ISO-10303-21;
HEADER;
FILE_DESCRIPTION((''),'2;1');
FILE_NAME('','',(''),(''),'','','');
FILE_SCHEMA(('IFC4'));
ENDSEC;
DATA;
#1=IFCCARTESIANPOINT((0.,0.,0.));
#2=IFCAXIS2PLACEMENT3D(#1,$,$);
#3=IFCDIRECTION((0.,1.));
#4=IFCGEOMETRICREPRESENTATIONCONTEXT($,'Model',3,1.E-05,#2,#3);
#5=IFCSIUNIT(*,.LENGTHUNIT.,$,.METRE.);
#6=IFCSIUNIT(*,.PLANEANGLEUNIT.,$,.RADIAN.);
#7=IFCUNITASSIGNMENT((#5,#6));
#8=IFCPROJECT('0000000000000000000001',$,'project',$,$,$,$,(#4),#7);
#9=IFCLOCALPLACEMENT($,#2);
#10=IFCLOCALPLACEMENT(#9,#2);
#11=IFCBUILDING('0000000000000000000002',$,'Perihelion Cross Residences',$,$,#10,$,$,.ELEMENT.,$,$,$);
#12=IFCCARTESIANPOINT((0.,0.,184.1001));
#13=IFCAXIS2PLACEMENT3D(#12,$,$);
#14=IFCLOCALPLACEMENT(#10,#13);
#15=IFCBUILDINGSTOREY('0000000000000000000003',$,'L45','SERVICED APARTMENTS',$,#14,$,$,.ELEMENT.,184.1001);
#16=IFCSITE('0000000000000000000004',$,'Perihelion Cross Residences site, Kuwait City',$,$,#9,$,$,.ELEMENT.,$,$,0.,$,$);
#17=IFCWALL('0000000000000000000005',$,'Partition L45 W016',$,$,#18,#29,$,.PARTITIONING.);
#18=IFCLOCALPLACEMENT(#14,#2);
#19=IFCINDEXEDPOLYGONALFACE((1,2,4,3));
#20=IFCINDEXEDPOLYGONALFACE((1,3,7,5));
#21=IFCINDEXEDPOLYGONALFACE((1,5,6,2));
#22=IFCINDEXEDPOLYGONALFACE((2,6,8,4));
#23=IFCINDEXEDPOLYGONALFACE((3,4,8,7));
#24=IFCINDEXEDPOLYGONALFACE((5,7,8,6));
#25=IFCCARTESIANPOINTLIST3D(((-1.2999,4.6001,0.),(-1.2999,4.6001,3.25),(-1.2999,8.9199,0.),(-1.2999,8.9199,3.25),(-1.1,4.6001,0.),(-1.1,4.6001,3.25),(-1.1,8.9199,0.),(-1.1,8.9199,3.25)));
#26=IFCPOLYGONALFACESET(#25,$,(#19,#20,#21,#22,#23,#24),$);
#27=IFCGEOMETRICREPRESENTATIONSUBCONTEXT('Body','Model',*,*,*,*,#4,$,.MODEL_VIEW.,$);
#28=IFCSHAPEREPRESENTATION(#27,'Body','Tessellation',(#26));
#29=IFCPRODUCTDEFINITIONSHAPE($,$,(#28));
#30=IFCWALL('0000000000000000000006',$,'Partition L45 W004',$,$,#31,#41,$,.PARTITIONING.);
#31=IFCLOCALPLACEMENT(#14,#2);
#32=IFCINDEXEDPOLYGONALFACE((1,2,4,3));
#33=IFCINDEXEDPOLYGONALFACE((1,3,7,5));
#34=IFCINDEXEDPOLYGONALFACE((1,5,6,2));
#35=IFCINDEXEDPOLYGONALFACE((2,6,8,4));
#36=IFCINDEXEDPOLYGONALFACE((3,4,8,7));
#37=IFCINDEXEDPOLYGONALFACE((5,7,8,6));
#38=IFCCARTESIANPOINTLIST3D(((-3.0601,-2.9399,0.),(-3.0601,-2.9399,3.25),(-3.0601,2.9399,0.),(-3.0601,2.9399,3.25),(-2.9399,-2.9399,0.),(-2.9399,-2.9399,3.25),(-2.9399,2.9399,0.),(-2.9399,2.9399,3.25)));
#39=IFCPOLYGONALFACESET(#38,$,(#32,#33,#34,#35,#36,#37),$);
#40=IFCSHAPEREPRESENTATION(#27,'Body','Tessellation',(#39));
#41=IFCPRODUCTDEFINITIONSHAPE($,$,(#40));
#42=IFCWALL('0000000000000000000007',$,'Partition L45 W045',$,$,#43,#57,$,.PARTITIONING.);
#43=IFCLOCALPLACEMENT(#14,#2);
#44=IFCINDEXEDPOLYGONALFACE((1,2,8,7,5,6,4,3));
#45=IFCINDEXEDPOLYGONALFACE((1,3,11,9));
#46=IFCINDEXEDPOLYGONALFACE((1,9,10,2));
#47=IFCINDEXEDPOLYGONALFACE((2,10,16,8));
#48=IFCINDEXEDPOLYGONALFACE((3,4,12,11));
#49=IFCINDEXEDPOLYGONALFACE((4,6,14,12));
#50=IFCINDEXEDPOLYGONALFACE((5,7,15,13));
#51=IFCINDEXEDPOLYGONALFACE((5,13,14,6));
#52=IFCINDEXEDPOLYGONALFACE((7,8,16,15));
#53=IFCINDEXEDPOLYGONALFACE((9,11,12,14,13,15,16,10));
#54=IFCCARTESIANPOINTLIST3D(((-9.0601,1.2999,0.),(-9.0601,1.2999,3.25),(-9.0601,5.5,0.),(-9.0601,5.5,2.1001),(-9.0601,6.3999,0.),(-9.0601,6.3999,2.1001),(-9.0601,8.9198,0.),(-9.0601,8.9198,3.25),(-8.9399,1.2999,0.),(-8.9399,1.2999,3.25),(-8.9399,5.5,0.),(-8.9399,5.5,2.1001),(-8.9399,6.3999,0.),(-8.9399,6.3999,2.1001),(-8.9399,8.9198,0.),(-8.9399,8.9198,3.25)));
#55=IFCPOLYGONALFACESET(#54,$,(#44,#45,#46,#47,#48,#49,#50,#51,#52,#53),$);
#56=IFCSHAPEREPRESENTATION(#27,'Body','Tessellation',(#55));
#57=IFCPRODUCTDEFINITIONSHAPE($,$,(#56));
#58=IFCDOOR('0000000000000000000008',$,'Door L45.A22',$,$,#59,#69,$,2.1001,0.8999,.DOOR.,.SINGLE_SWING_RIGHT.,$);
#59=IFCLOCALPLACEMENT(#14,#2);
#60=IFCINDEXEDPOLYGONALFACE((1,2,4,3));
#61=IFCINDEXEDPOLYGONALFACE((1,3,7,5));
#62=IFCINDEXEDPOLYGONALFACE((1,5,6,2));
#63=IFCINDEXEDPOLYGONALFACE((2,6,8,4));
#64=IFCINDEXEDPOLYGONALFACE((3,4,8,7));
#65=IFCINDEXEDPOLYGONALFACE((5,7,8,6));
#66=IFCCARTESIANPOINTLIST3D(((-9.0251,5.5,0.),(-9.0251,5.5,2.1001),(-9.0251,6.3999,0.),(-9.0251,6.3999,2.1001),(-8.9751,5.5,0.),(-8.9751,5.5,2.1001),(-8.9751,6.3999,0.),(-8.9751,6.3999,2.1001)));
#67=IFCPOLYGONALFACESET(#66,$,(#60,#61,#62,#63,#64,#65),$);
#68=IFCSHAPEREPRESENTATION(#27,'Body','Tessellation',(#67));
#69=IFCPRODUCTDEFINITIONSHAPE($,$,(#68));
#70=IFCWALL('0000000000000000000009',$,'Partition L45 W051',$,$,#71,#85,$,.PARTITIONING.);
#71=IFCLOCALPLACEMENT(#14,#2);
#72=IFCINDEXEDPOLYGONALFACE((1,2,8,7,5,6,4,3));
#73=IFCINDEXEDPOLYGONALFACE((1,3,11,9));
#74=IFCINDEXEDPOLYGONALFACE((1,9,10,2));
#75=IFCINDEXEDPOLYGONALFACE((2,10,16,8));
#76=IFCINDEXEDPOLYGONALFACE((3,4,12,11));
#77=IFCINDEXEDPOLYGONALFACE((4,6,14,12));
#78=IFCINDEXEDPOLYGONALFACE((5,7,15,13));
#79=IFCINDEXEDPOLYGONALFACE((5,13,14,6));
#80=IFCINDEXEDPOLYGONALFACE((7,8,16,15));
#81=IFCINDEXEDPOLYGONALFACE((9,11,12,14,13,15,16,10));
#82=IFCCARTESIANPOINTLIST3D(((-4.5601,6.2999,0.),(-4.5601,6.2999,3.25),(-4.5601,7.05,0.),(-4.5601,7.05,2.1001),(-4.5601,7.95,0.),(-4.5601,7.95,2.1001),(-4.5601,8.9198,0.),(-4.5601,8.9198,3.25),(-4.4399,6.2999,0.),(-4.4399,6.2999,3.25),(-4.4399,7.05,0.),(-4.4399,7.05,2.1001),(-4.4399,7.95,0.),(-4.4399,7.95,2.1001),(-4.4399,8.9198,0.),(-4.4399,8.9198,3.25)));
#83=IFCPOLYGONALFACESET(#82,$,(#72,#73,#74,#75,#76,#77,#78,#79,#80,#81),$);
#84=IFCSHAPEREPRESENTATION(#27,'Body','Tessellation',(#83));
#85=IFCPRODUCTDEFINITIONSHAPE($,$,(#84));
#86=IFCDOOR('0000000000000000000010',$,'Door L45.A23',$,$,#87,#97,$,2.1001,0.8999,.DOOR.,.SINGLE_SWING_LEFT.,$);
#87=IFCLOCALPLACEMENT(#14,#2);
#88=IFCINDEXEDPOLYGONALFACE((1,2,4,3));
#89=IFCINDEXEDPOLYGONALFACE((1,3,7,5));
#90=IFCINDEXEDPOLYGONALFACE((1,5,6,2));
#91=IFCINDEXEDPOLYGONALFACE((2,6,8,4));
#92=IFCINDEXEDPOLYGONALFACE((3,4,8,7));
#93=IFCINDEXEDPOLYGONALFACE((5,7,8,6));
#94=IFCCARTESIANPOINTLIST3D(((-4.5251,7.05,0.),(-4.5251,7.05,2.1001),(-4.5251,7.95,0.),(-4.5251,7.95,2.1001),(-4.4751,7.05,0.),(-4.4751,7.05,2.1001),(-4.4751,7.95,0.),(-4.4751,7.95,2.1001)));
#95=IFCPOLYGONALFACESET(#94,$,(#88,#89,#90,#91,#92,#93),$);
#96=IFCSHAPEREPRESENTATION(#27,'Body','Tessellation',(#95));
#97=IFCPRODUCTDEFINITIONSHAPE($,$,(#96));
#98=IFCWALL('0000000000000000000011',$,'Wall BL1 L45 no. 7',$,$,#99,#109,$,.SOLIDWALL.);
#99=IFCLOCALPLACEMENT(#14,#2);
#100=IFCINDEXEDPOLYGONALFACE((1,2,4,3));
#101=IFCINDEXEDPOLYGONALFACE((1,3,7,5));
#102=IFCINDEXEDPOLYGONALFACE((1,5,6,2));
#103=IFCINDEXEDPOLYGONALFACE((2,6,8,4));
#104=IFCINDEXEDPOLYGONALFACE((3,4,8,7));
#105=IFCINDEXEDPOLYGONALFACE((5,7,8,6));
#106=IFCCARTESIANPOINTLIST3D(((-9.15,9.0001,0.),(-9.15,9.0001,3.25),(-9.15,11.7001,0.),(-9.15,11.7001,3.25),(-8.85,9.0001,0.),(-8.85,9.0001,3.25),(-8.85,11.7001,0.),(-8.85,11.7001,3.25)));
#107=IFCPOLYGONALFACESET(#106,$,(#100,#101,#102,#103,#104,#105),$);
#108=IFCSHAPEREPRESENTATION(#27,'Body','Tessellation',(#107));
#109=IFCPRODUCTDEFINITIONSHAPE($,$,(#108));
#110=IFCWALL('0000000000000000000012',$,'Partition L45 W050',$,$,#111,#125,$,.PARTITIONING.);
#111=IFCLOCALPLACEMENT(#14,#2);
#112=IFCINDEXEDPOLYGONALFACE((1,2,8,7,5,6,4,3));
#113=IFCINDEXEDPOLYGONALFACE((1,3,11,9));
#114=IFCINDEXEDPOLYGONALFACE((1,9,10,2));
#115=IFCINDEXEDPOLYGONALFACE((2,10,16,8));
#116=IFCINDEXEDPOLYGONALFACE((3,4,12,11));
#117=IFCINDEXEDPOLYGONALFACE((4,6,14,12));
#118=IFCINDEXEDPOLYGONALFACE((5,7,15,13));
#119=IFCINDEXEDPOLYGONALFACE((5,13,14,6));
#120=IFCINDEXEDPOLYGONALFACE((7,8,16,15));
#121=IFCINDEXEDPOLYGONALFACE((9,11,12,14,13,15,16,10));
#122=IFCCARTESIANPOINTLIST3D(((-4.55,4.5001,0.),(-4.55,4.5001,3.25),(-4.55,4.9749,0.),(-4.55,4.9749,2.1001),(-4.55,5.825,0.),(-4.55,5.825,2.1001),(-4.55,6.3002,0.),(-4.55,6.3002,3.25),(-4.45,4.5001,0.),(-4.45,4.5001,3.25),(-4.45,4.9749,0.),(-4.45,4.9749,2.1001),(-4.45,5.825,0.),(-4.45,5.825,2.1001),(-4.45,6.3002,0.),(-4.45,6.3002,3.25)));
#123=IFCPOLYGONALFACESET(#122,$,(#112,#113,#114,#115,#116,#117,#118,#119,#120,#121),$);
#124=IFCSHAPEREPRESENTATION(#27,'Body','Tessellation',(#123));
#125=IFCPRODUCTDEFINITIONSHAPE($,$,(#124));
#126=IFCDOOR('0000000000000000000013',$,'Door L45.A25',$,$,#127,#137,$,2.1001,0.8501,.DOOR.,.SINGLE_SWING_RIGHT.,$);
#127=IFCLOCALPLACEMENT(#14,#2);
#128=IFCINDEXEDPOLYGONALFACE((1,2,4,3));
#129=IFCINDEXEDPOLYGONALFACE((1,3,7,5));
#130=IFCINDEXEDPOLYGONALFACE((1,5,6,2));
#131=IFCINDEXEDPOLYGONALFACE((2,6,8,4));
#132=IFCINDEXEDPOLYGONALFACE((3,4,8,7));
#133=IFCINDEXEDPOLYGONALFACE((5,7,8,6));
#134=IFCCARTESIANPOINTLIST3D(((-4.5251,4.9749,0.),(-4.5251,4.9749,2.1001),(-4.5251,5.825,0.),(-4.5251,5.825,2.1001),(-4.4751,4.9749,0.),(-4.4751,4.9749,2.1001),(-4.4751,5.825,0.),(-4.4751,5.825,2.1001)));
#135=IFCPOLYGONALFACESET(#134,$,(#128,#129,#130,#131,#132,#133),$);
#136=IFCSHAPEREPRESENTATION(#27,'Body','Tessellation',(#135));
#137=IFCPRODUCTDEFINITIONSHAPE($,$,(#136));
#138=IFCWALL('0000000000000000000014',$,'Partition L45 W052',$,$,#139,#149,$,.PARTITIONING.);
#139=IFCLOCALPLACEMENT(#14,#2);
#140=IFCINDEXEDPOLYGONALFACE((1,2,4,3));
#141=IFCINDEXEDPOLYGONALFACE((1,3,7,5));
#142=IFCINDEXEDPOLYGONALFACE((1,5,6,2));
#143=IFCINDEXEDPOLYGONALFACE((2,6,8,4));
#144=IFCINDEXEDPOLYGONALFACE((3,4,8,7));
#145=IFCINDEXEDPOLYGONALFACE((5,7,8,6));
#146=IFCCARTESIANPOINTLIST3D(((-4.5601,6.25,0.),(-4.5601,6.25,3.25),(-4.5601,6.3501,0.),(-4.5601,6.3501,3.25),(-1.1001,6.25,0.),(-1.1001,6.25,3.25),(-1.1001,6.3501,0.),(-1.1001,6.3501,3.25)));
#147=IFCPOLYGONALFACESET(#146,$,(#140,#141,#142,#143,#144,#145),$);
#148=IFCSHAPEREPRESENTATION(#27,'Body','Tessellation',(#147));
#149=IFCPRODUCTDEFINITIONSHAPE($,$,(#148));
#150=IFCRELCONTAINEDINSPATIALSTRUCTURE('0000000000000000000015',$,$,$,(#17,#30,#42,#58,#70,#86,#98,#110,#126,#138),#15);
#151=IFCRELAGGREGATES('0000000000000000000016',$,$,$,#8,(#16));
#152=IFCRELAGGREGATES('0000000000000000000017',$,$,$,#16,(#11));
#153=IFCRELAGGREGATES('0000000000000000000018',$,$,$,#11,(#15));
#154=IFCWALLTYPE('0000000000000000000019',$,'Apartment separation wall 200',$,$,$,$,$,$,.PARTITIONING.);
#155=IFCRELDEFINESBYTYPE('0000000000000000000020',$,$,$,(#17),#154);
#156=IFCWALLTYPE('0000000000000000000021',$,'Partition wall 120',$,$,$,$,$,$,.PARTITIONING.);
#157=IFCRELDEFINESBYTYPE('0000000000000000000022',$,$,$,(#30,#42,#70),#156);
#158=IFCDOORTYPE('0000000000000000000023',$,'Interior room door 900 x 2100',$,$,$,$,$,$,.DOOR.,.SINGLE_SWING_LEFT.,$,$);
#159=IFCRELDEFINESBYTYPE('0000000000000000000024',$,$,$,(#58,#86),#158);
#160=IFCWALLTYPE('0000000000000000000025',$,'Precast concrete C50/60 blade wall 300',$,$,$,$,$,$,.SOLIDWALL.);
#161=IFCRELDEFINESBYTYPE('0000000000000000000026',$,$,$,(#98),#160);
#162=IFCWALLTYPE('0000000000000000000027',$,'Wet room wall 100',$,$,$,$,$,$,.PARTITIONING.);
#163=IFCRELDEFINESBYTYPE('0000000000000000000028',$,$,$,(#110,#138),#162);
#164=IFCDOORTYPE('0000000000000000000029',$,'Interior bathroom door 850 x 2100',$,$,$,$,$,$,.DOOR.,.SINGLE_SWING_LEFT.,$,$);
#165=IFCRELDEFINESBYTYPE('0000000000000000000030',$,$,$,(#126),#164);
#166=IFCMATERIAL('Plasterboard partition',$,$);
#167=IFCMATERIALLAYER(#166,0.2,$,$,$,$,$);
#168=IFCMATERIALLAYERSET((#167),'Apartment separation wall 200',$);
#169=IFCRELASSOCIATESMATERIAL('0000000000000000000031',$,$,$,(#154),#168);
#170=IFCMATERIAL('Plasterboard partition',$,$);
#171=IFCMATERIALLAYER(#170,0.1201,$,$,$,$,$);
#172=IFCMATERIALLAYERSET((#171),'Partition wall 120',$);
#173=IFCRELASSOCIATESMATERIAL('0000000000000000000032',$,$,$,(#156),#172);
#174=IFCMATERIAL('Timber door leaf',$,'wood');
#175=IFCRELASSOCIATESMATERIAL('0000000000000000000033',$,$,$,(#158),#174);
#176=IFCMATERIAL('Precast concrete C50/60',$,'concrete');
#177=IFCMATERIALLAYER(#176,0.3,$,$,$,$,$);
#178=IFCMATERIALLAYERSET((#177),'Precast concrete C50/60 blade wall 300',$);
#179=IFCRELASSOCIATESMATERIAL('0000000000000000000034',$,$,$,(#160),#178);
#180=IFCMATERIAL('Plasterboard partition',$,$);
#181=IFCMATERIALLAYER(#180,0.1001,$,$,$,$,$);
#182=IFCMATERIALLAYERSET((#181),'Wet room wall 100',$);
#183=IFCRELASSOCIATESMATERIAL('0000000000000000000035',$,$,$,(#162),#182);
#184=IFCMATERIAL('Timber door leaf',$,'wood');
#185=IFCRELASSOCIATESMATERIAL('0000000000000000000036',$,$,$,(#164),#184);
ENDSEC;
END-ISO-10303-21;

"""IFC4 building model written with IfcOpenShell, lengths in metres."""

from ifc_helpers import new_model, si_unit, direction, frame, frame_2d, origin, place, context, subcontext, project, spatial, rectangle, extrude, material, layer, layer_set, type_object, element, fill, save


model = new_model("IFC4")

# Units and contexts
model_context = context("Model", 3, precision=1e-05, world=origin(), true_north=direction((0.0, 1.0)))
body_context = subcontext(model_context, "Body", "Model", "MODEL_VIEW")
ifc_project = project(units=[si_unit("LENGTHUNIT", "METRE"), si_unit("PLANEANGLEUNIT", "RADIAN")], contexts=[model_context])

# Site, building, storey
site_placement = place(None, origin())
site = spatial("IfcSite", under=ifc_project, at=site_placement, Name="Perihelion Cross Residences site, Kuwait City", CompositionType="ELEMENT", RefElevation=0.0)
building_placement = place(site_placement, origin())
building = spatial("IfcBuilding", under=site, at=building_placement, Name="Perihelion Cross Residences", CompositionType="ELEMENT")
storey_placement = place(building_placement, frame((0.0, 0.0, 184.1001)))
storey = spatial("IfcBuildingStorey", under=building, at=storey_placement, Name="L45", Description="SERVICED APARTMENTS", CompositionType="ELEMENT", Elevation=184.1001)

# Wall
ifc_material_1 = material(Name="Plasterboard partition")
ifc_layer_1 = layer(ifc_material_1, 0.2)
ifc_layer_set_1 = layer_set([ifc_layer_1], Name="Apartment separation wall 200")
wall_type_1 = type_object("IfcWallType", Name="Apartment separation wall 200", PredefinedType="PARTITIONING", material=ifc_layer_set_1)
wall_1_placement = place(storey_placement, frame((-1.2, 4.6001, 0.0), z_axis=(0.0, 0.0, 1.0), x_axis=(0.0, 1.0, 0.0)))
element("IfcWall", 1, at=wall_1_placement, inside=storey, type_object=wall_type_1, Name="Partition L45 W016", PredefinedType="PARTITIONING", context=body_context, shape_type="SweptSolid", body=[
    extrude(rectangle(XDim=4.3198, YDim=0.2, at=frame_2d((2.1599, 0.0))), origin(), (0.0, 0.0, 1.0), 3.25),
])

# Wall
ifc_material_2 = material(Name="Plasterboard partition")
ifc_layer_2 = layer(ifc_material_2, 0.1201)
ifc_layer_set_2 = layer_set([ifc_layer_2], Name="Partition wall 120")
wall_type_2 = type_object("IfcWallType", Name="Partition wall 120", PredefinedType="PARTITIONING", material=ifc_layer_set_2)
wall_2_placement = place(storey_placement, frame((-3.0, 2.9399, 0.0), z_axis=(0.0, 0.0, 1.0), x_axis=(0.0, -1.0, 0.0)))
element("IfcWall", 2, at=wall_2_placement, inside=storey, type_object=wall_type_2, Name="Partition L45 W004", PredefinedType="PARTITIONING", context=body_context, shape_type="SweptSolid", body=[
    extrude(rectangle(XDim=5.8799, YDim=0.1201, at=frame_2d((2.9399, 0.0))), origin(), (0.0, 0.0, 1.0), 3.25),
])

# Walls, openings, doors
wall_3_placement = place(storey_placement, frame((-9.0, 8.9199, 0.0), z_axis=(0.0, 0.0, 1.0), x_axis=(0.0, -1.0, 0.0)))
wall_3 = element("IfcWall", 3, at=wall_3_placement, inside=storey, type_object=wall_type_2, Name="Partition L45 W045", PredefinedType="PARTITIONING", context=body_context, shape_type="SweptSolid", body=[
    extrude(rectangle(XDim=7.6199, YDim=0.1201, at=frame_2d((3.8101, 0.0))), origin(), (0.0, 0.0, 1.0), 3.25),
])
opening_1_placement = place(wall_3_placement, frame((2.52, 0.0, 0.0)))
opening_1 = element("IfcOpeningElement", 4, at=opening_1_placement, cuts=wall_3, PredefinedType="OPENING", context=body_context, shape_type="SweptSolid", body=[
    extrude(rectangle(XDim=0.8999, YDim=2.1001, at=frame_2d((0.45, 1.05))), frame((0.0, 0.0701, 0.0), z_axis=(0.0, -1.0, 0.0), x_axis=(1.0, 0.0, 0.0)), (0.0, 0.0, 1.0), 0.1401),
])
ifc_material_3 = material(Name="Timber door leaf", Category="wood")
door_type_1 = type_object("IfcDoorType", Name="Interior room door 900 x 2100", OperationType="SINGLE_SWING_LEFT", PredefinedType="DOOR", material=ifc_material_3)
door_1_placement = place(opening_1_placement, origin())
door_1 = element("IfcDoor", 5, at=door_1_placement, inside=storey, type_object=door_type_1, Name="Door L45.A22", OperationType="SINGLE_SWING_RIGHT", OverallHeight=2.1001, OverallWidth=0.8999, PredefinedType="DOOR", context=body_context, shape_type="SweptSolid", body=[
    extrude(rectangle(XDim=0.8999, YDim=2.1001, at=frame_2d((0.45, 1.05))), frame((0.0, 0.0249, 0.0), z_axis=(0.0, -1.0, 0.0), x_axis=(1.0, 0.0, 0.0)), (0.0, 0.0, 1.0), 0.05),
])
fill(opening_1, door_1)
wall_4_placement = place(storey_placement, frame((-4.5, 8.9199, 0.0), z_axis=(0.0, 0.0, 1.0), x_axis=(0.0, -1.0, 0.0)))
wall_4 = element("IfcWall", 6, at=wall_4_placement, inside=storey, type_object=wall_type_2, Name="Partition L45 W051", PredefinedType="PARTITIONING", context=body_context, shape_type="SweptSolid", body=[
    extrude(rectangle(XDim=2.6199, YDim=0.1201, at=frame_2d((1.3101, 0.0))), origin(), (0.0, 0.0, 1.0), 3.25),
])
opening_2_placement = place(wall_4_placement, frame((0.97, 0.0, 0.0)))
opening_2 = element("IfcOpeningElement", 7, at=opening_2_placement, cuts=wall_4, PredefinedType="OPENING", context=body_context, shape_type="SweptSolid", body=[
    extrude(rectangle(XDim=0.8999, YDim=2.1001, at=frame_2d((0.45, 1.05))), frame((0.0, 0.0701, 0.0), z_axis=(0.0, -1.0, 0.0), x_axis=(1.0, 0.0, 0.0)), (0.0, 0.0, 1.0), 0.1401),
])
door_2_placement = place(opening_2_placement, origin())
door_2 = element("IfcDoor", 8, at=door_2_placement, inside=storey, type_object=door_type_1, Name="Door L45.A23", OperationType="SINGLE_SWING_LEFT", OverallHeight=2.1001, OverallWidth=0.8999, PredefinedType="DOOR", context=body_context, shape_type="SweptSolid", body=[
    extrude(rectangle(XDim=0.8999, YDim=2.1001, at=frame_2d((0.45, 1.05))), frame((0.0, 0.0249, 0.0), z_axis=(0.0, -1.0, 0.0), x_axis=(1.0, 0.0, 0.0)), (0.0, 0.0, 1.0), 0.05),
])
fill(opening_2, door_2)

# Wall
ifc_material_4 = material(Name="Precast concrete C50/60", Category="concrete")
ifc_layer_3 = layer(ifc_material_4, 0.3)
ifc_layer_set_3 = layer_set([ifc_layer_3], Name="Precast concrete C50/60 blade wall 300")
wall_type_3 = type_object("IfcWallType", Name="Precast concrete C50/60 blade wall 300", PredefinedType="SOLIDWALL", material=ifc_layer_set_3)
wall_5_placement = place(storey_placement, frame((-9.0, 9.0, 0.0), z_axis=(0.0, 0.0, 1.0), x_axis=(0.0, 1.0, 0.0)))
element("IfcWall", 9, at=wall_5_placement, inside=storey, type_object=wall_type_3, Name="Wall BL1 L45 no. 7", PredefinedType="SOLIDWALL", context=body_context, shape_type="SweptSolid", body=[
    extrude(rectangle(XDim=2.7, YDim=0.3, at=frame_2d((1.3501, 0.0))), origin(), (0.0, 0.0, 1.0), 3.25),
])

# Wall, opening, door
ifc_material_5 = material(Name="Plasterboard partition")
ifc_layer_4 = layer(ifc_material_5, 0.1001)
ifc_layer_set_4 = layer_set([ifc_layer_4], Name="Wet room wall 100")
wall_type_4 = type_object("IfcWallType", Name="Wet room wall 100", PredefinedType="PARTITIONING", material=ifc_layer_set_4)
wall_6_placement = place(storey_placement, frame((-4.5, 6.3, 0.0), z_axis=(0.0, 0.0, 1.0), x_axis=(0.0, -1.0, 0.0)))
wall_6 = element("IfcWall", 10, at=wall_6_placement, inside=storey, type_object=wall_type_4, Name="Partition L45 W050", PredefinedType="PARTITIONING", context=body_context, shape_type="SweptSolid", body=[
    extrude(rectangle(XDim=1.8, YDim=0.1001, at=frame_2d((0.8999, 0.0))), origin(), (0.0, 0.0, 1.0), 3.25),
])
opening_3_placement = place(wall_6_placement, frame((0.4751, 0.0, 0.0)))
opening_3 = element("IfcOpeningElement", 11, at=opening_3_placement, cuts=wall_6, PredefinedType="OPENING", context=body_context, shape_type="SweptSolid", body=[
    extrude(rectangle(XDim=0.8501, YDim=2.1001, at=frame_2d((0.425, 1.05))), frame((0.0, 0.0601, 0.0), z_axis=(0.0, -1.0, 0.0), x_axis=(1.0, 0.0, 0.0)), (0.0, 0.0, 1.0), 0.1201),
])
ifc_material_6 = material(Name="Timber door leaf", Category="wood")
door_type_2 = type_object("IfcDoorType", Name="Interior bathroom door 850 x 2100", OperationType="SINGLE_SWING_LEFT", PredefinedType="DOOR", material=ifc_material_6)
door_3_placement = place(opening_3_placement, origin())
door_3 = element("IfcDoor", 12, at=door_3_placement, inside=storey, type_object=door_type_2, Name="Door L45.A25", OperationType="SINGLE_SWING_RIGHT", OverallHeight=2.1001, OverallWidth=0.8501, PredefinedType="DOOR", context=body_context, shape_type="SweptSolid", body=[
    extrude(rectangle(XDim=0.8501, YDim=2.1001, at=frame_2d((0.425, 1.05))), frame((0.0, 0.0249, 0.0), z_axis=(0.0, -1.0, 0.0), x_axis=(1.0, 0.0, 0.0)), (0.0, 0.0, 1.0), 0.05),
])
fill(opening_3, door_3)

# Wall
wall_7_placement = place(storey_placement, frame((-4.5601, 6.3, 0.0), z_axis=(0.0, 0.0, 1.0), x_axis=(1.0, 0.0, 0.0)))
element("IfcWall", 13, at=wall_7_placement, inside=storey, type_object=wall_type_4, Name="Partition L45 W052", PredefinedType="PARTITIONING", context=body_context, shape_type="SweptSolid", body=[
    extrude(rectangle(XDim=3.46, YDim=0.1001, at=frame_2d((1.73, 0.0))), origin(), (0.0, 0.0, 1.0), 3.25),
])

save(model, "model.ifc")
